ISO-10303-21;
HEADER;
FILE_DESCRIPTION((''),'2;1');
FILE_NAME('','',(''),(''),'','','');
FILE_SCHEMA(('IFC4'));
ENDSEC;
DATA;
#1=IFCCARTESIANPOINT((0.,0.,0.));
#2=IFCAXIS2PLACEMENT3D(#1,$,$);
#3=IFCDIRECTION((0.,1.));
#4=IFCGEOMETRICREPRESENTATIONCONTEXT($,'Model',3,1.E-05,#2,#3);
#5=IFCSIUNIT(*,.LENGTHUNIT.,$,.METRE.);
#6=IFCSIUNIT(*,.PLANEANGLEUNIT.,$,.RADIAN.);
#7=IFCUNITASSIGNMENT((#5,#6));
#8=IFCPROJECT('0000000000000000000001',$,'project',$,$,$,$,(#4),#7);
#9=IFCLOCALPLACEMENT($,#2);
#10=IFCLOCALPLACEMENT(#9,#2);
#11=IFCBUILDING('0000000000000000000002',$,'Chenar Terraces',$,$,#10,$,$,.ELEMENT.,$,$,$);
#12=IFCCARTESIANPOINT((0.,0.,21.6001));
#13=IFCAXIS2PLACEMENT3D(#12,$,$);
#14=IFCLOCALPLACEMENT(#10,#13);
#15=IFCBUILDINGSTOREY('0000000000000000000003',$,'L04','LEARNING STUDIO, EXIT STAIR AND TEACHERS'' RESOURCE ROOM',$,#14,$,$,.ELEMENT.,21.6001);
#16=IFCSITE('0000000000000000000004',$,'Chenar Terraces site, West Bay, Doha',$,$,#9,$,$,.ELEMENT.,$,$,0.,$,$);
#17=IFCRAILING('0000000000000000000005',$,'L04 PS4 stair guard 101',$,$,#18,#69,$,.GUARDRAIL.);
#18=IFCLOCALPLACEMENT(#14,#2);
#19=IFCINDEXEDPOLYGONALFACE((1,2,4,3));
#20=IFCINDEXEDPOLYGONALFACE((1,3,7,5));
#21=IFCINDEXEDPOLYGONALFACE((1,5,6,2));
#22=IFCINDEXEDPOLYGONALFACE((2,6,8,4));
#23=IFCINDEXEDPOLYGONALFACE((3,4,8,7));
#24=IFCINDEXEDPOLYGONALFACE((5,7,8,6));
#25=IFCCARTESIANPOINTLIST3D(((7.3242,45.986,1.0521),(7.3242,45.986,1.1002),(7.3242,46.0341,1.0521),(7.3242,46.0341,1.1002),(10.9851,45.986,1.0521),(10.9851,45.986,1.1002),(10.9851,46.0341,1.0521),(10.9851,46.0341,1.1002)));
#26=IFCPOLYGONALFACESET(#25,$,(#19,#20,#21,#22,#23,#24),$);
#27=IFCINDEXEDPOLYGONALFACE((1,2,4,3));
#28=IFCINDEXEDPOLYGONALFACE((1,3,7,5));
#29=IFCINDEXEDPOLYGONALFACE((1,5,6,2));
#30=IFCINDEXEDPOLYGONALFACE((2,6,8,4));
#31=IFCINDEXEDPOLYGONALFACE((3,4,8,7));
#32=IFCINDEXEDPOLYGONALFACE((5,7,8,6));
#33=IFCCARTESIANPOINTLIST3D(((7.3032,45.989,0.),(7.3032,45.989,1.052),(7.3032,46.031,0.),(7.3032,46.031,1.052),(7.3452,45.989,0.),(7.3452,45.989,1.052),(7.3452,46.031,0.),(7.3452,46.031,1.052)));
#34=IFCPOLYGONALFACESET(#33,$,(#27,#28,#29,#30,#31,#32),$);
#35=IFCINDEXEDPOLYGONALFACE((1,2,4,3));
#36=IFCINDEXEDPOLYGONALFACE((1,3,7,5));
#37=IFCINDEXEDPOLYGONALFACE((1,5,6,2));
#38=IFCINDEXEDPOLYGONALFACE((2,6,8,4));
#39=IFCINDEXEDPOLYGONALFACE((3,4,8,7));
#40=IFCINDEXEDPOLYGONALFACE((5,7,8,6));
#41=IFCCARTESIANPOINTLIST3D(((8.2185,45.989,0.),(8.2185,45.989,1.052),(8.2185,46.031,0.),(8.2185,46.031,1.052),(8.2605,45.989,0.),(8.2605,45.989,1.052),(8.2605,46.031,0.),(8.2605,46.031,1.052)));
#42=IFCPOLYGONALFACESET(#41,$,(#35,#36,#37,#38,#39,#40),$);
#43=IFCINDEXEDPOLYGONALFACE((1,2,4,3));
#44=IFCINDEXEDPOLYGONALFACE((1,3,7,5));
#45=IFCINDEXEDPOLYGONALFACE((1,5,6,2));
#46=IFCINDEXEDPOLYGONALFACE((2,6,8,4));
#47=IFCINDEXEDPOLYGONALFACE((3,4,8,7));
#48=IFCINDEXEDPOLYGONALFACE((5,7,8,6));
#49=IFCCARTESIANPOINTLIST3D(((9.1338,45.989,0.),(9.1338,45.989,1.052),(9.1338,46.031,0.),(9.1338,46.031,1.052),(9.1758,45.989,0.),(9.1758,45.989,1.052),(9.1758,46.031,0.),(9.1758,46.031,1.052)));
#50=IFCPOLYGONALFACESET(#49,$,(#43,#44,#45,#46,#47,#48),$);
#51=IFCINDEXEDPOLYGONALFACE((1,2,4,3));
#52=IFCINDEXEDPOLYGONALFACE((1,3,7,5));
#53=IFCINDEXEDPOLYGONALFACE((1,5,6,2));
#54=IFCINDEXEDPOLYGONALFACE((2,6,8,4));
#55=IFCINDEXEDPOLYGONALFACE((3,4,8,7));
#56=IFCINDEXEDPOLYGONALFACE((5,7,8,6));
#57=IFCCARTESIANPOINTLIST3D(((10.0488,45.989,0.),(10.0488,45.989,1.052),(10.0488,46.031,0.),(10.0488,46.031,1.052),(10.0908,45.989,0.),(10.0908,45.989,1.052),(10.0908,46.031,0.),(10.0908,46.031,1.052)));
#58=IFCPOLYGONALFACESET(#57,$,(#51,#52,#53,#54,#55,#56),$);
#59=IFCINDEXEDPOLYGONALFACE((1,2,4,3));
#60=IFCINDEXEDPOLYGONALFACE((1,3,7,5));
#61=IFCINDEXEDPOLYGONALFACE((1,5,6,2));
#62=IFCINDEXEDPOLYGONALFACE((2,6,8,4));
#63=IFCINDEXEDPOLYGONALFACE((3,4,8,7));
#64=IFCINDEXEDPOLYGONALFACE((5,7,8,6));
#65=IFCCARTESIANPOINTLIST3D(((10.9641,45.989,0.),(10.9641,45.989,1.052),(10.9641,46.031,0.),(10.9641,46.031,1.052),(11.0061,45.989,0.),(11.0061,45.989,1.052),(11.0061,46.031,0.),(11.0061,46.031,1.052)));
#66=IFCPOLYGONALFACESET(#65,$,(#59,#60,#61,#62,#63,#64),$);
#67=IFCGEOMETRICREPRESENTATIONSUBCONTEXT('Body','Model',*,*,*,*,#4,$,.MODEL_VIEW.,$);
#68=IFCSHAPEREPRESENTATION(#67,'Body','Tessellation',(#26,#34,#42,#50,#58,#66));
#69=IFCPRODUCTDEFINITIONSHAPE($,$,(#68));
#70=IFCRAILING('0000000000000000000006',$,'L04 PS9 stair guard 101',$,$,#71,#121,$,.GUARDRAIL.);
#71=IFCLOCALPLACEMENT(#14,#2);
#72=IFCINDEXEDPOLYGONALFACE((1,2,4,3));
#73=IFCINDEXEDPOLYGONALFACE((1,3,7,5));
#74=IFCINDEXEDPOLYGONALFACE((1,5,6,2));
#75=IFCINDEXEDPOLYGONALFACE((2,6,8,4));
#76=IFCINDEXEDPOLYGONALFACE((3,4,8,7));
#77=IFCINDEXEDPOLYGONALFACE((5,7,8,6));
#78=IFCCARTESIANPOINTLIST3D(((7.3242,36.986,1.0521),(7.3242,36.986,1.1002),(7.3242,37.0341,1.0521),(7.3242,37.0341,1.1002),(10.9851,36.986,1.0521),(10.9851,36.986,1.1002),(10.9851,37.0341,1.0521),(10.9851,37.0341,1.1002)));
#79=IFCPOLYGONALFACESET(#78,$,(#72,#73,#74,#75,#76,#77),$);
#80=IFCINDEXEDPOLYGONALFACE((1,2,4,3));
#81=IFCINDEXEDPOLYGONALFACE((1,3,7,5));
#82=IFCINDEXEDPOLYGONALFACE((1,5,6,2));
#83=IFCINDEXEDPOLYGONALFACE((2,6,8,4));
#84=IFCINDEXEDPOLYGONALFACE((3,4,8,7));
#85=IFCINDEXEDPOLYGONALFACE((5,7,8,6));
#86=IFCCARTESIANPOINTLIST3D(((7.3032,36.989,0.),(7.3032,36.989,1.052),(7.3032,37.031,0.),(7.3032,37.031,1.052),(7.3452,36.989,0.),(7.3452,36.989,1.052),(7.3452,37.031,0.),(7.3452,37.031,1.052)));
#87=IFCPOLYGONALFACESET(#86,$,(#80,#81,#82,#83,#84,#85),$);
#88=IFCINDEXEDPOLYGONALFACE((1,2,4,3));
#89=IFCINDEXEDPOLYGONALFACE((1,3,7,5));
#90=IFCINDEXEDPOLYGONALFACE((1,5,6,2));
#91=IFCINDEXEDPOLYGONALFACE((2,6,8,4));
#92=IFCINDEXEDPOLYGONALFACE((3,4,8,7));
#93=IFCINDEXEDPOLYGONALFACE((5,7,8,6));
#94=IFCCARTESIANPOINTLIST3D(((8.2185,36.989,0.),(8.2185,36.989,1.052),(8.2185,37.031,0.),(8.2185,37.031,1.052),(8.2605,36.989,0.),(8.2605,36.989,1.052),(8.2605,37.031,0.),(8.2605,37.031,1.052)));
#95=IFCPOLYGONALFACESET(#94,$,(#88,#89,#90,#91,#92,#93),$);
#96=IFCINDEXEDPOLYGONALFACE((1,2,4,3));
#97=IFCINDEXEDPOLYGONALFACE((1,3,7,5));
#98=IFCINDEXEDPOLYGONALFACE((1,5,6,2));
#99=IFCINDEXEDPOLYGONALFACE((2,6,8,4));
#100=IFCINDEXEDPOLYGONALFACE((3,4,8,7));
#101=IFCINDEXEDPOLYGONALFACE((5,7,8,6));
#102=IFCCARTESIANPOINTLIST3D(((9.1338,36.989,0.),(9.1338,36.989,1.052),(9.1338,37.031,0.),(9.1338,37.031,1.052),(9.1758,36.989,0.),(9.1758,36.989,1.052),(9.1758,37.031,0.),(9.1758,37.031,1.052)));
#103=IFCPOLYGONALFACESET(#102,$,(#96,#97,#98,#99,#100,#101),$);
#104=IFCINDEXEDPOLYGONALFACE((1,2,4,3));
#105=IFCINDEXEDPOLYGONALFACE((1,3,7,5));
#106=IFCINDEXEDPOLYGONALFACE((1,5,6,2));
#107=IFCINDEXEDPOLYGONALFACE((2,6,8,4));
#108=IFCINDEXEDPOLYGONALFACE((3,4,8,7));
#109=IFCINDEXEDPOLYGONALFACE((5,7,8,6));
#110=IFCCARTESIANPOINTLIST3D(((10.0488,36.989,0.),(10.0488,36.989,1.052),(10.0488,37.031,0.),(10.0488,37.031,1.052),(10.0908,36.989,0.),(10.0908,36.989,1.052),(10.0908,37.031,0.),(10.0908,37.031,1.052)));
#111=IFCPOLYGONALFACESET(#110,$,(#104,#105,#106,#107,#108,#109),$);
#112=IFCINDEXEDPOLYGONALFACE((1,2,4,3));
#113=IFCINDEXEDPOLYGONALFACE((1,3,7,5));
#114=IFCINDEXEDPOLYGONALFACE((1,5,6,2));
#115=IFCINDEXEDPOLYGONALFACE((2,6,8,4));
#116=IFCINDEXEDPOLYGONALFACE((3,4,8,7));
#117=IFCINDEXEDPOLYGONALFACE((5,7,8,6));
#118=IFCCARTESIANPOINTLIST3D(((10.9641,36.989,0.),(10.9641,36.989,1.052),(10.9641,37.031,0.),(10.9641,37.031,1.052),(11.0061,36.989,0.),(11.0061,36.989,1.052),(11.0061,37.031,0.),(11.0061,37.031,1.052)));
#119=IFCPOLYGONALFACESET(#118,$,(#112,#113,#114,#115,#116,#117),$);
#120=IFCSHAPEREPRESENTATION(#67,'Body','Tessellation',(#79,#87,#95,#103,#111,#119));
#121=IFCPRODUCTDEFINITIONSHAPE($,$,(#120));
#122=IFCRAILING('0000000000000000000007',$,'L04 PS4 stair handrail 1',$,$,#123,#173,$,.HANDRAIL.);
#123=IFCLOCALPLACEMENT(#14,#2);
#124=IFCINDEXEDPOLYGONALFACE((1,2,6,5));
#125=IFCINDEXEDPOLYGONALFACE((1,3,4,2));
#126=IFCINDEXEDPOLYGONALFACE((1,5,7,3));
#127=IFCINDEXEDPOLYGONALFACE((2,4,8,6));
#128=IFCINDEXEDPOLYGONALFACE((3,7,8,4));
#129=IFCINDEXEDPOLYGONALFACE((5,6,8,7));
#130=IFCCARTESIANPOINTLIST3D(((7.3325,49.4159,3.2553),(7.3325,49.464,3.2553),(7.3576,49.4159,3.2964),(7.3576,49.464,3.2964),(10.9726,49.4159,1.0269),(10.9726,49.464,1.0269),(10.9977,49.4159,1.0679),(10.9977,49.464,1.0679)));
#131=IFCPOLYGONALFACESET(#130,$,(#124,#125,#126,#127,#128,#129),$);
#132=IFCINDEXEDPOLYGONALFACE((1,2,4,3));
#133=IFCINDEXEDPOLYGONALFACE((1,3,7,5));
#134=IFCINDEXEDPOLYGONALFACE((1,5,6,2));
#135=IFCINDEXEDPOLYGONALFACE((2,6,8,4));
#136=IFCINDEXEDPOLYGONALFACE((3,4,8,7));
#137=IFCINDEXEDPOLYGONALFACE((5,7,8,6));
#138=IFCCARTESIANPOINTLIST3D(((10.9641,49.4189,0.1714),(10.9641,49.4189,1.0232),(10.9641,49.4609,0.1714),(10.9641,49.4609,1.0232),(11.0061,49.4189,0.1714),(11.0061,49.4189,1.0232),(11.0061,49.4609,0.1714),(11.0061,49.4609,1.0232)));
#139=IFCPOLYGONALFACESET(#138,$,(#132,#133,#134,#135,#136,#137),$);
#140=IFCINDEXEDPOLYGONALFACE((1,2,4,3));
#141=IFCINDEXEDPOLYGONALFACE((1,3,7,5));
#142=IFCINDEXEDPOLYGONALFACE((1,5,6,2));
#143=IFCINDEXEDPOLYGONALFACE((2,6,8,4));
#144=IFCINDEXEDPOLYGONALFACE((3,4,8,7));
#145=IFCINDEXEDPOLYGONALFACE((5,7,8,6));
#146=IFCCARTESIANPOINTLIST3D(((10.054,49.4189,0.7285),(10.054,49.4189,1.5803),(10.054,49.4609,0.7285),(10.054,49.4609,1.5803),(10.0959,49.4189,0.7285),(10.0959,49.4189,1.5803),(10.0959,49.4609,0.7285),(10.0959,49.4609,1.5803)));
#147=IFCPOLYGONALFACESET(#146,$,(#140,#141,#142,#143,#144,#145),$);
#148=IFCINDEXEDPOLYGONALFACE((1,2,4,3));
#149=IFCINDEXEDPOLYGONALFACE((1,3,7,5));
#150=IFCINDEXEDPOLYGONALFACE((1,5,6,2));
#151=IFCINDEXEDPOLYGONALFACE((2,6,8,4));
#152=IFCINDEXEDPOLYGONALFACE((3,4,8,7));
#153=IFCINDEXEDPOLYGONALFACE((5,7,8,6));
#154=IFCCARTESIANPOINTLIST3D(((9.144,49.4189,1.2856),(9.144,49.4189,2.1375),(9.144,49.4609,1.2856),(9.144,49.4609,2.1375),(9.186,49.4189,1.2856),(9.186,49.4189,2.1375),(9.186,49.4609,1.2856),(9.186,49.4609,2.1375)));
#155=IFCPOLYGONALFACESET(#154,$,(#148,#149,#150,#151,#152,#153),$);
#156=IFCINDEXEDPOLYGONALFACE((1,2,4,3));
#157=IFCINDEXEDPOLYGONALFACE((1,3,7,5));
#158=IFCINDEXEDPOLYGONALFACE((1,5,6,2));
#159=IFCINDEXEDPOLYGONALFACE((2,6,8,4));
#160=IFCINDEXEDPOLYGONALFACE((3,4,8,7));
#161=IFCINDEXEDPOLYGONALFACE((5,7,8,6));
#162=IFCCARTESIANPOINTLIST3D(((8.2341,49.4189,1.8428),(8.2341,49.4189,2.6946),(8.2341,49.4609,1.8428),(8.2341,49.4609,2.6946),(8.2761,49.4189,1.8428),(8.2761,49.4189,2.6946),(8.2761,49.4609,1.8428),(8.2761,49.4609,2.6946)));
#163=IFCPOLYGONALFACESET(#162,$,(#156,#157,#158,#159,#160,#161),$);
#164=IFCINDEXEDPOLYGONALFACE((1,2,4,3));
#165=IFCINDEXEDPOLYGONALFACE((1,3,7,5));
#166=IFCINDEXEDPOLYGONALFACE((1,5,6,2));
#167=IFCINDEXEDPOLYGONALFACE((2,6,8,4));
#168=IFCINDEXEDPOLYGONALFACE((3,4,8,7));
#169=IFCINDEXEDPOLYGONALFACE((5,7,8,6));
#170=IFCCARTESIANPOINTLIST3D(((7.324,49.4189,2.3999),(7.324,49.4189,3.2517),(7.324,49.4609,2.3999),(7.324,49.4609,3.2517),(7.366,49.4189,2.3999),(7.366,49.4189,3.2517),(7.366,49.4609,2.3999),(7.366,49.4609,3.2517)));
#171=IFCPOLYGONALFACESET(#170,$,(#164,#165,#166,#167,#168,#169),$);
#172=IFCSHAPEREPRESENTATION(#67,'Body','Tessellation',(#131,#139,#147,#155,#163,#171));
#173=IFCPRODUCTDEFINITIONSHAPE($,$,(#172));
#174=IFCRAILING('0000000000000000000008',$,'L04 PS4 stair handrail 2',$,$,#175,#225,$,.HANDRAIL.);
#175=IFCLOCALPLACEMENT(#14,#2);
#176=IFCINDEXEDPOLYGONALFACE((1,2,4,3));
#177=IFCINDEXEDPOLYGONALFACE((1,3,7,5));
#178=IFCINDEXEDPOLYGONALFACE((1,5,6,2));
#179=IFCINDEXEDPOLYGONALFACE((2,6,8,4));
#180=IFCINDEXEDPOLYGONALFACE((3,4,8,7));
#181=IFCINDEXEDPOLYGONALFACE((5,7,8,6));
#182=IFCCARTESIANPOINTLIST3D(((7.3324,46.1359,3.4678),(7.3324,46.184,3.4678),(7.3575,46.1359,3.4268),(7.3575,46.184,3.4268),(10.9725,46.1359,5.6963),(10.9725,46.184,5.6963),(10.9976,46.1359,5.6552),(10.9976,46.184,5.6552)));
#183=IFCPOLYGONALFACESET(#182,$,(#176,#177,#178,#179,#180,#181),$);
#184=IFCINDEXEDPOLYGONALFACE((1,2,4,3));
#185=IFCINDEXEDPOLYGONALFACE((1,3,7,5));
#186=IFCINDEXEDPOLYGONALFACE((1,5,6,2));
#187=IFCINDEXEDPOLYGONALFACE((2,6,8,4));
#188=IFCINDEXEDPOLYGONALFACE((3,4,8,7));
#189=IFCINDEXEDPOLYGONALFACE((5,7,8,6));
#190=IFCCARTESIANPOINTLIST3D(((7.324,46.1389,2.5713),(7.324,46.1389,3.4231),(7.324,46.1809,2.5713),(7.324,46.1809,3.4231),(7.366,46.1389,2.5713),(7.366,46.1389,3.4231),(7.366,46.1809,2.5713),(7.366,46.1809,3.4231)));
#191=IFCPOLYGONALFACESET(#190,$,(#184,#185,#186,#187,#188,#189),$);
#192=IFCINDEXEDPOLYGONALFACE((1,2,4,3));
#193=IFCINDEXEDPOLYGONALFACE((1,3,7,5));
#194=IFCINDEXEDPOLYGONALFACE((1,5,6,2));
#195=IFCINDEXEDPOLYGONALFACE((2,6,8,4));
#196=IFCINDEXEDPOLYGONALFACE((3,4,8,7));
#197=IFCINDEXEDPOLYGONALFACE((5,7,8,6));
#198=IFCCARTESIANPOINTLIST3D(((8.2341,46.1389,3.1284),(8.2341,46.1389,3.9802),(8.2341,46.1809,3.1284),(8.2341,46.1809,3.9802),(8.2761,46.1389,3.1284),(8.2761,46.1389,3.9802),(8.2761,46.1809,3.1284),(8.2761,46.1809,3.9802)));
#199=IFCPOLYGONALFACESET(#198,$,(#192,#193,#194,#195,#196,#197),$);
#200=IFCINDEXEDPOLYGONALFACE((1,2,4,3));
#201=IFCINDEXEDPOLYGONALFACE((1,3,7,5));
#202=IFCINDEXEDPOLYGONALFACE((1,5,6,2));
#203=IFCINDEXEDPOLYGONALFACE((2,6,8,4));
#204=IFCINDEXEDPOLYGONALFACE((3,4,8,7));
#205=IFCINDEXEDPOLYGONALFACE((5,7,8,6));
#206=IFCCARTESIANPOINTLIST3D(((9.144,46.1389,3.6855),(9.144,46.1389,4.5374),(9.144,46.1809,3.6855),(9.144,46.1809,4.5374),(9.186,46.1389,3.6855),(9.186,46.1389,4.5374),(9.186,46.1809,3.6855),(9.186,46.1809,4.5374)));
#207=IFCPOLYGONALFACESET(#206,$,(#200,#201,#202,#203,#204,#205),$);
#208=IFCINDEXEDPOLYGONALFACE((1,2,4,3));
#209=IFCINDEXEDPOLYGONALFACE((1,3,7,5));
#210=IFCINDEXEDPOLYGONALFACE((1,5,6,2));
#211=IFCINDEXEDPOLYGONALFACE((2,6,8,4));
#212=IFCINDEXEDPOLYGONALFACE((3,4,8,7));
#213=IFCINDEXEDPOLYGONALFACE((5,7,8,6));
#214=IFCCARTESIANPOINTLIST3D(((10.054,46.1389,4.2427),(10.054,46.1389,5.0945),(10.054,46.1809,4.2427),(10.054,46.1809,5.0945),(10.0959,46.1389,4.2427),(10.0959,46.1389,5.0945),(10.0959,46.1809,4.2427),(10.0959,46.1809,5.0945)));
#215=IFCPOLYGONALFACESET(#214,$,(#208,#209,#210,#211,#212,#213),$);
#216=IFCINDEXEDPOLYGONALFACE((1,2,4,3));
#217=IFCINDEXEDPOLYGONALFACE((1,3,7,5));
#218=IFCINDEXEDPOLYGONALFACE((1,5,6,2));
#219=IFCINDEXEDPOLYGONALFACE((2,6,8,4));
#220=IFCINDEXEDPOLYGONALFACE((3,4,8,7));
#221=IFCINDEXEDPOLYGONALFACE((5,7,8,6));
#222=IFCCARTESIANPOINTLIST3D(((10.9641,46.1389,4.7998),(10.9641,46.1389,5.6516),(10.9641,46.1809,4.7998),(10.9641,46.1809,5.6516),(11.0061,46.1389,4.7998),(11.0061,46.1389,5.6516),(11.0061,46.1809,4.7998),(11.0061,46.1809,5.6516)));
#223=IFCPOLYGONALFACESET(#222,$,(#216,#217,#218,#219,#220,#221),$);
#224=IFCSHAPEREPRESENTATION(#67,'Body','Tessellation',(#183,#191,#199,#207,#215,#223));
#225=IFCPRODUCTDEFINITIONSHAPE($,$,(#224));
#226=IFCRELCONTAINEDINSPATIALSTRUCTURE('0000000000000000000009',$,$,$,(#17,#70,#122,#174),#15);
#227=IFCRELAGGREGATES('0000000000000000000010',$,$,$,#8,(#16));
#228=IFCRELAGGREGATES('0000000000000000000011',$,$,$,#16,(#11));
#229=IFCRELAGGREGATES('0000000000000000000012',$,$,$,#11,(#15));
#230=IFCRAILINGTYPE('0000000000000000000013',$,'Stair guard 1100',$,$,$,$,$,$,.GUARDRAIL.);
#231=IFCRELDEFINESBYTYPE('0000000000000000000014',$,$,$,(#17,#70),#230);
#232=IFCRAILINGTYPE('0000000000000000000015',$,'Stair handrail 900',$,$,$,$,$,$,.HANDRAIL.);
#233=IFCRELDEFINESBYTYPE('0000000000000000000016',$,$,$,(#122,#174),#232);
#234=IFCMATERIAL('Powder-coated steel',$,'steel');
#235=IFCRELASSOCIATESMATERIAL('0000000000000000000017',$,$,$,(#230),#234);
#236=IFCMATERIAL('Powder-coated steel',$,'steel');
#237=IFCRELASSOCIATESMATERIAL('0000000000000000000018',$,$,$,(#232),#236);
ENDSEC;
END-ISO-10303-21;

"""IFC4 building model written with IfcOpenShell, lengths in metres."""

from ifc_helpers import new_model, si_unit, direction, frame, origin, origin_2d, place, context, subcontext, project, spatial, rectangle, extrude, material, type_object, element, save


model = new_model("IFC4")

# Units and contexts
model_context = context("Model", 3, precision=1e-05, world=origin(), true_north=direction((0.0, 1.0)))
body_context = subcontext(model_context, "Body", "Model", "MODEL_VIEW")
ifc_project = project(units=[si_unit("LENGTHUNIT", "METRE"), si_unit("PLANEANGLEUNIT", "RADIAN")], contexts=[model_context])

# Site, building, storey
site_placement = place(None, origin())
site = spatial("IfcSite", under=ifc_project, at=site_placement, Name="Chenar Terraces site, West Bay, Doha", CompositionType="ELEMENT", RefElevation=0.0)
building_placement = place(site_placement, origin())
building = spatial("IfcBuilding", under=site, at=building_placement, Name="Chenar Terraces", CompositionType="ELEMENT")
storey_placement = place(building_placement, frame((0.0, 0.0, 21.6001)))
storey = spatial("IfcBuildingStorey", under=building, at=storey_placement, Name="L04", Description="LEARNING STUDIO, EXIT STAIR AND TEACHERS' RESOURCE ROOM", CompositionType="ELEMENT", Elevation=21.6001)

# Railings
ifc_material_1 = material(Name="Powder-coated steel", Category="steel")
railing_type_1 = type_object("IfcRailingType", Name="Stair guard 1100", PredefinedType="GUARDRAIL", material=ifc_material_1)
for number, where, name in (
    (1, (7.3242, 46.01, 0.0), "L04 PS4 stair guard 101"),
    (2, (7.3242, 37.01, 0.0), "L04 PS9 stair guard 101"),
):
    element("IfcRailing", number, at=place(storey_placement, frame(where)), inside=storey, type_object=railing_type_1, Name=name, PredefinedType="GUARDRAIL", context=body_context, shape_type="SweptSolid", body=[
        extrude(rectangle(XDim=0.0481, YDim=0.0481, at=origin_2d()), frame((0.0, 0.0, 1.0762), z_axis=(1.0, 0.0, 0.0), x_axis=(0.0, 1.0, 0.0)), (0.0, 0.0, 1.0), 3.6609),
        extrude(rectangle(XDim=0.042, YDim=0.042, at=origin_2d()), origin(), (0.0, 0.0, 1.0), 1.052),
        extrude(rectangle(XDim=0.042, YDim=0.042, at=origin_2d()), frame((0.9153, 0.0, 0.0)), (0.0, 0.0, 1.0), 1.052),
        extrude(rectangle(XDim=0.042, YDim=0.042, at=origin_2d()), frame((1.8306, 0.0, 0.0)), (0.0, 0.0, 1.0), 1.052),
        extrude(rectangle(XDim=0.042, YDim=0.042, at=origin_2d()), frame((2.7456, 0.0, 0.0)), (0.0, 0.0, 1.0), 1.052),
        extrude(rectangle(XDim=0.042, YDim=0.042, at=origin_2d()), frame((3.6609, 0.0, 0.0)), (0.0, 0.0, 1.0), 1.052),
    ])
ifc_material_2 = material(Name="Powder-coated steel", Category="steel")
railing_type_2 = type_object("IfcRailingType", Name="Stair handrail 900", PredefinedType="HANDRAIL", material=ifc_material_2)
railing_1_placement = place(storey_placement, frame((10.9851, 49.4399, 0.1714)))
element("IfcRailing", 3, at=railing_1_placement, inside=storey, type_object=railing_type_2, Name="L04 PS4 stair handrail 1", PredefinedType="HANDRAIL", context=body_context, shape_type="SweptSolid", body=[
    extrude(rectangle(XDim=0.0481, YDim=0.0481, at=origin_2d()), frame((0.0, 0.0, 0.876), z_axis=(-0.852866, 0.0, 0.52213), x_axis=(0.0, -1.0, 0.0)), (0.0, 0.0, 1.0), 4.2681),
    extrude(rectangle(XDim=0.042, YDim=0.042, at=origin_2d()), origin(), (0.0, 0.0, 1.0), 0.8518),
    extrude(rectangle(XDim=0.042, YDim=0.042, at=origin_2d()), frame((-0.9102, 0.0, 0.5571)), (0.0, 0.0, 1.0), 0.8518),
    extrude(rectangle(XDim=0.042, YDim=0.042, at=origin_2d()), frame((-1.8201, 0.0, 1.1143)), (0.0, 0.0, 1.0), 0.8518),
    extrude(rectangle(XDim=0.042, YDim=0.042, at=origin_2d()), frame((-2.73, 0.0, 1.6714)), (0.0, 0.0, 1.0), 0.8518),
    extrude(rectangle(XDim=0.042, YDim=0.042, at=origin_2d()), frame((-3.6401, 0.0, 2.2285)), (0.0, 0.0, 1.0), 0.8518),
])
railing_2_placement = place(storey_placement, frame((7.345, 46.1599, 2.5713)))
element("IfcRailing", 4, at=railing_2_placement, inside=storey, type_object=railing_type_2, Name="L04 PS4 stair handrail 2", PredefinedType="HANDRAIL", context=body_context, shape_type="SweptSolid", body=[
    extrude(rectangle(XDim=0.0481, YDim=0.0481, at=origin_2d()), frame((0.0, 0.0, 0.876), z_axis=(0.852866, 0.0, 0.52213), x_axis=(0.0, 1.0, 0.0)), (0.0, 0.0, 1.0), 4.2681),
    extrude(rectangle(XDim=0.042, YDim=0.042, at=origin_2d()), origin(), (0.0, 0.0, 1.0), 0.8518),
    extrude(rectangle(XDim=0.042, YDim=0.042, at=origin_2d()), frame((0.9102, 0.0, 0.5571)), (0.0, 0.0, 1.0), 0.8518),
    extrude(rectangle(XDim=0.042, YDim=0.042, at=origin_2d()), frame((1.8201, 0.0, 1.1143)), (0.0, 0.0, 1.0), 0.8518),
    extrude(rectangle(XDim=0.042, YDim=0.042, at=origin_2d()), frame((2.73, 0.0, 1.6714)), (0.0, 0.0, 1.0), 0.8518),
    extrude(rectangle(XDim=0.042, YDim=0.042, at=origin_2d()), frame((3.6401, 0.0, 2.2285)), (0.0, 0.0, 1.0), 0.8518),
])

save(model, "model.ifc")
